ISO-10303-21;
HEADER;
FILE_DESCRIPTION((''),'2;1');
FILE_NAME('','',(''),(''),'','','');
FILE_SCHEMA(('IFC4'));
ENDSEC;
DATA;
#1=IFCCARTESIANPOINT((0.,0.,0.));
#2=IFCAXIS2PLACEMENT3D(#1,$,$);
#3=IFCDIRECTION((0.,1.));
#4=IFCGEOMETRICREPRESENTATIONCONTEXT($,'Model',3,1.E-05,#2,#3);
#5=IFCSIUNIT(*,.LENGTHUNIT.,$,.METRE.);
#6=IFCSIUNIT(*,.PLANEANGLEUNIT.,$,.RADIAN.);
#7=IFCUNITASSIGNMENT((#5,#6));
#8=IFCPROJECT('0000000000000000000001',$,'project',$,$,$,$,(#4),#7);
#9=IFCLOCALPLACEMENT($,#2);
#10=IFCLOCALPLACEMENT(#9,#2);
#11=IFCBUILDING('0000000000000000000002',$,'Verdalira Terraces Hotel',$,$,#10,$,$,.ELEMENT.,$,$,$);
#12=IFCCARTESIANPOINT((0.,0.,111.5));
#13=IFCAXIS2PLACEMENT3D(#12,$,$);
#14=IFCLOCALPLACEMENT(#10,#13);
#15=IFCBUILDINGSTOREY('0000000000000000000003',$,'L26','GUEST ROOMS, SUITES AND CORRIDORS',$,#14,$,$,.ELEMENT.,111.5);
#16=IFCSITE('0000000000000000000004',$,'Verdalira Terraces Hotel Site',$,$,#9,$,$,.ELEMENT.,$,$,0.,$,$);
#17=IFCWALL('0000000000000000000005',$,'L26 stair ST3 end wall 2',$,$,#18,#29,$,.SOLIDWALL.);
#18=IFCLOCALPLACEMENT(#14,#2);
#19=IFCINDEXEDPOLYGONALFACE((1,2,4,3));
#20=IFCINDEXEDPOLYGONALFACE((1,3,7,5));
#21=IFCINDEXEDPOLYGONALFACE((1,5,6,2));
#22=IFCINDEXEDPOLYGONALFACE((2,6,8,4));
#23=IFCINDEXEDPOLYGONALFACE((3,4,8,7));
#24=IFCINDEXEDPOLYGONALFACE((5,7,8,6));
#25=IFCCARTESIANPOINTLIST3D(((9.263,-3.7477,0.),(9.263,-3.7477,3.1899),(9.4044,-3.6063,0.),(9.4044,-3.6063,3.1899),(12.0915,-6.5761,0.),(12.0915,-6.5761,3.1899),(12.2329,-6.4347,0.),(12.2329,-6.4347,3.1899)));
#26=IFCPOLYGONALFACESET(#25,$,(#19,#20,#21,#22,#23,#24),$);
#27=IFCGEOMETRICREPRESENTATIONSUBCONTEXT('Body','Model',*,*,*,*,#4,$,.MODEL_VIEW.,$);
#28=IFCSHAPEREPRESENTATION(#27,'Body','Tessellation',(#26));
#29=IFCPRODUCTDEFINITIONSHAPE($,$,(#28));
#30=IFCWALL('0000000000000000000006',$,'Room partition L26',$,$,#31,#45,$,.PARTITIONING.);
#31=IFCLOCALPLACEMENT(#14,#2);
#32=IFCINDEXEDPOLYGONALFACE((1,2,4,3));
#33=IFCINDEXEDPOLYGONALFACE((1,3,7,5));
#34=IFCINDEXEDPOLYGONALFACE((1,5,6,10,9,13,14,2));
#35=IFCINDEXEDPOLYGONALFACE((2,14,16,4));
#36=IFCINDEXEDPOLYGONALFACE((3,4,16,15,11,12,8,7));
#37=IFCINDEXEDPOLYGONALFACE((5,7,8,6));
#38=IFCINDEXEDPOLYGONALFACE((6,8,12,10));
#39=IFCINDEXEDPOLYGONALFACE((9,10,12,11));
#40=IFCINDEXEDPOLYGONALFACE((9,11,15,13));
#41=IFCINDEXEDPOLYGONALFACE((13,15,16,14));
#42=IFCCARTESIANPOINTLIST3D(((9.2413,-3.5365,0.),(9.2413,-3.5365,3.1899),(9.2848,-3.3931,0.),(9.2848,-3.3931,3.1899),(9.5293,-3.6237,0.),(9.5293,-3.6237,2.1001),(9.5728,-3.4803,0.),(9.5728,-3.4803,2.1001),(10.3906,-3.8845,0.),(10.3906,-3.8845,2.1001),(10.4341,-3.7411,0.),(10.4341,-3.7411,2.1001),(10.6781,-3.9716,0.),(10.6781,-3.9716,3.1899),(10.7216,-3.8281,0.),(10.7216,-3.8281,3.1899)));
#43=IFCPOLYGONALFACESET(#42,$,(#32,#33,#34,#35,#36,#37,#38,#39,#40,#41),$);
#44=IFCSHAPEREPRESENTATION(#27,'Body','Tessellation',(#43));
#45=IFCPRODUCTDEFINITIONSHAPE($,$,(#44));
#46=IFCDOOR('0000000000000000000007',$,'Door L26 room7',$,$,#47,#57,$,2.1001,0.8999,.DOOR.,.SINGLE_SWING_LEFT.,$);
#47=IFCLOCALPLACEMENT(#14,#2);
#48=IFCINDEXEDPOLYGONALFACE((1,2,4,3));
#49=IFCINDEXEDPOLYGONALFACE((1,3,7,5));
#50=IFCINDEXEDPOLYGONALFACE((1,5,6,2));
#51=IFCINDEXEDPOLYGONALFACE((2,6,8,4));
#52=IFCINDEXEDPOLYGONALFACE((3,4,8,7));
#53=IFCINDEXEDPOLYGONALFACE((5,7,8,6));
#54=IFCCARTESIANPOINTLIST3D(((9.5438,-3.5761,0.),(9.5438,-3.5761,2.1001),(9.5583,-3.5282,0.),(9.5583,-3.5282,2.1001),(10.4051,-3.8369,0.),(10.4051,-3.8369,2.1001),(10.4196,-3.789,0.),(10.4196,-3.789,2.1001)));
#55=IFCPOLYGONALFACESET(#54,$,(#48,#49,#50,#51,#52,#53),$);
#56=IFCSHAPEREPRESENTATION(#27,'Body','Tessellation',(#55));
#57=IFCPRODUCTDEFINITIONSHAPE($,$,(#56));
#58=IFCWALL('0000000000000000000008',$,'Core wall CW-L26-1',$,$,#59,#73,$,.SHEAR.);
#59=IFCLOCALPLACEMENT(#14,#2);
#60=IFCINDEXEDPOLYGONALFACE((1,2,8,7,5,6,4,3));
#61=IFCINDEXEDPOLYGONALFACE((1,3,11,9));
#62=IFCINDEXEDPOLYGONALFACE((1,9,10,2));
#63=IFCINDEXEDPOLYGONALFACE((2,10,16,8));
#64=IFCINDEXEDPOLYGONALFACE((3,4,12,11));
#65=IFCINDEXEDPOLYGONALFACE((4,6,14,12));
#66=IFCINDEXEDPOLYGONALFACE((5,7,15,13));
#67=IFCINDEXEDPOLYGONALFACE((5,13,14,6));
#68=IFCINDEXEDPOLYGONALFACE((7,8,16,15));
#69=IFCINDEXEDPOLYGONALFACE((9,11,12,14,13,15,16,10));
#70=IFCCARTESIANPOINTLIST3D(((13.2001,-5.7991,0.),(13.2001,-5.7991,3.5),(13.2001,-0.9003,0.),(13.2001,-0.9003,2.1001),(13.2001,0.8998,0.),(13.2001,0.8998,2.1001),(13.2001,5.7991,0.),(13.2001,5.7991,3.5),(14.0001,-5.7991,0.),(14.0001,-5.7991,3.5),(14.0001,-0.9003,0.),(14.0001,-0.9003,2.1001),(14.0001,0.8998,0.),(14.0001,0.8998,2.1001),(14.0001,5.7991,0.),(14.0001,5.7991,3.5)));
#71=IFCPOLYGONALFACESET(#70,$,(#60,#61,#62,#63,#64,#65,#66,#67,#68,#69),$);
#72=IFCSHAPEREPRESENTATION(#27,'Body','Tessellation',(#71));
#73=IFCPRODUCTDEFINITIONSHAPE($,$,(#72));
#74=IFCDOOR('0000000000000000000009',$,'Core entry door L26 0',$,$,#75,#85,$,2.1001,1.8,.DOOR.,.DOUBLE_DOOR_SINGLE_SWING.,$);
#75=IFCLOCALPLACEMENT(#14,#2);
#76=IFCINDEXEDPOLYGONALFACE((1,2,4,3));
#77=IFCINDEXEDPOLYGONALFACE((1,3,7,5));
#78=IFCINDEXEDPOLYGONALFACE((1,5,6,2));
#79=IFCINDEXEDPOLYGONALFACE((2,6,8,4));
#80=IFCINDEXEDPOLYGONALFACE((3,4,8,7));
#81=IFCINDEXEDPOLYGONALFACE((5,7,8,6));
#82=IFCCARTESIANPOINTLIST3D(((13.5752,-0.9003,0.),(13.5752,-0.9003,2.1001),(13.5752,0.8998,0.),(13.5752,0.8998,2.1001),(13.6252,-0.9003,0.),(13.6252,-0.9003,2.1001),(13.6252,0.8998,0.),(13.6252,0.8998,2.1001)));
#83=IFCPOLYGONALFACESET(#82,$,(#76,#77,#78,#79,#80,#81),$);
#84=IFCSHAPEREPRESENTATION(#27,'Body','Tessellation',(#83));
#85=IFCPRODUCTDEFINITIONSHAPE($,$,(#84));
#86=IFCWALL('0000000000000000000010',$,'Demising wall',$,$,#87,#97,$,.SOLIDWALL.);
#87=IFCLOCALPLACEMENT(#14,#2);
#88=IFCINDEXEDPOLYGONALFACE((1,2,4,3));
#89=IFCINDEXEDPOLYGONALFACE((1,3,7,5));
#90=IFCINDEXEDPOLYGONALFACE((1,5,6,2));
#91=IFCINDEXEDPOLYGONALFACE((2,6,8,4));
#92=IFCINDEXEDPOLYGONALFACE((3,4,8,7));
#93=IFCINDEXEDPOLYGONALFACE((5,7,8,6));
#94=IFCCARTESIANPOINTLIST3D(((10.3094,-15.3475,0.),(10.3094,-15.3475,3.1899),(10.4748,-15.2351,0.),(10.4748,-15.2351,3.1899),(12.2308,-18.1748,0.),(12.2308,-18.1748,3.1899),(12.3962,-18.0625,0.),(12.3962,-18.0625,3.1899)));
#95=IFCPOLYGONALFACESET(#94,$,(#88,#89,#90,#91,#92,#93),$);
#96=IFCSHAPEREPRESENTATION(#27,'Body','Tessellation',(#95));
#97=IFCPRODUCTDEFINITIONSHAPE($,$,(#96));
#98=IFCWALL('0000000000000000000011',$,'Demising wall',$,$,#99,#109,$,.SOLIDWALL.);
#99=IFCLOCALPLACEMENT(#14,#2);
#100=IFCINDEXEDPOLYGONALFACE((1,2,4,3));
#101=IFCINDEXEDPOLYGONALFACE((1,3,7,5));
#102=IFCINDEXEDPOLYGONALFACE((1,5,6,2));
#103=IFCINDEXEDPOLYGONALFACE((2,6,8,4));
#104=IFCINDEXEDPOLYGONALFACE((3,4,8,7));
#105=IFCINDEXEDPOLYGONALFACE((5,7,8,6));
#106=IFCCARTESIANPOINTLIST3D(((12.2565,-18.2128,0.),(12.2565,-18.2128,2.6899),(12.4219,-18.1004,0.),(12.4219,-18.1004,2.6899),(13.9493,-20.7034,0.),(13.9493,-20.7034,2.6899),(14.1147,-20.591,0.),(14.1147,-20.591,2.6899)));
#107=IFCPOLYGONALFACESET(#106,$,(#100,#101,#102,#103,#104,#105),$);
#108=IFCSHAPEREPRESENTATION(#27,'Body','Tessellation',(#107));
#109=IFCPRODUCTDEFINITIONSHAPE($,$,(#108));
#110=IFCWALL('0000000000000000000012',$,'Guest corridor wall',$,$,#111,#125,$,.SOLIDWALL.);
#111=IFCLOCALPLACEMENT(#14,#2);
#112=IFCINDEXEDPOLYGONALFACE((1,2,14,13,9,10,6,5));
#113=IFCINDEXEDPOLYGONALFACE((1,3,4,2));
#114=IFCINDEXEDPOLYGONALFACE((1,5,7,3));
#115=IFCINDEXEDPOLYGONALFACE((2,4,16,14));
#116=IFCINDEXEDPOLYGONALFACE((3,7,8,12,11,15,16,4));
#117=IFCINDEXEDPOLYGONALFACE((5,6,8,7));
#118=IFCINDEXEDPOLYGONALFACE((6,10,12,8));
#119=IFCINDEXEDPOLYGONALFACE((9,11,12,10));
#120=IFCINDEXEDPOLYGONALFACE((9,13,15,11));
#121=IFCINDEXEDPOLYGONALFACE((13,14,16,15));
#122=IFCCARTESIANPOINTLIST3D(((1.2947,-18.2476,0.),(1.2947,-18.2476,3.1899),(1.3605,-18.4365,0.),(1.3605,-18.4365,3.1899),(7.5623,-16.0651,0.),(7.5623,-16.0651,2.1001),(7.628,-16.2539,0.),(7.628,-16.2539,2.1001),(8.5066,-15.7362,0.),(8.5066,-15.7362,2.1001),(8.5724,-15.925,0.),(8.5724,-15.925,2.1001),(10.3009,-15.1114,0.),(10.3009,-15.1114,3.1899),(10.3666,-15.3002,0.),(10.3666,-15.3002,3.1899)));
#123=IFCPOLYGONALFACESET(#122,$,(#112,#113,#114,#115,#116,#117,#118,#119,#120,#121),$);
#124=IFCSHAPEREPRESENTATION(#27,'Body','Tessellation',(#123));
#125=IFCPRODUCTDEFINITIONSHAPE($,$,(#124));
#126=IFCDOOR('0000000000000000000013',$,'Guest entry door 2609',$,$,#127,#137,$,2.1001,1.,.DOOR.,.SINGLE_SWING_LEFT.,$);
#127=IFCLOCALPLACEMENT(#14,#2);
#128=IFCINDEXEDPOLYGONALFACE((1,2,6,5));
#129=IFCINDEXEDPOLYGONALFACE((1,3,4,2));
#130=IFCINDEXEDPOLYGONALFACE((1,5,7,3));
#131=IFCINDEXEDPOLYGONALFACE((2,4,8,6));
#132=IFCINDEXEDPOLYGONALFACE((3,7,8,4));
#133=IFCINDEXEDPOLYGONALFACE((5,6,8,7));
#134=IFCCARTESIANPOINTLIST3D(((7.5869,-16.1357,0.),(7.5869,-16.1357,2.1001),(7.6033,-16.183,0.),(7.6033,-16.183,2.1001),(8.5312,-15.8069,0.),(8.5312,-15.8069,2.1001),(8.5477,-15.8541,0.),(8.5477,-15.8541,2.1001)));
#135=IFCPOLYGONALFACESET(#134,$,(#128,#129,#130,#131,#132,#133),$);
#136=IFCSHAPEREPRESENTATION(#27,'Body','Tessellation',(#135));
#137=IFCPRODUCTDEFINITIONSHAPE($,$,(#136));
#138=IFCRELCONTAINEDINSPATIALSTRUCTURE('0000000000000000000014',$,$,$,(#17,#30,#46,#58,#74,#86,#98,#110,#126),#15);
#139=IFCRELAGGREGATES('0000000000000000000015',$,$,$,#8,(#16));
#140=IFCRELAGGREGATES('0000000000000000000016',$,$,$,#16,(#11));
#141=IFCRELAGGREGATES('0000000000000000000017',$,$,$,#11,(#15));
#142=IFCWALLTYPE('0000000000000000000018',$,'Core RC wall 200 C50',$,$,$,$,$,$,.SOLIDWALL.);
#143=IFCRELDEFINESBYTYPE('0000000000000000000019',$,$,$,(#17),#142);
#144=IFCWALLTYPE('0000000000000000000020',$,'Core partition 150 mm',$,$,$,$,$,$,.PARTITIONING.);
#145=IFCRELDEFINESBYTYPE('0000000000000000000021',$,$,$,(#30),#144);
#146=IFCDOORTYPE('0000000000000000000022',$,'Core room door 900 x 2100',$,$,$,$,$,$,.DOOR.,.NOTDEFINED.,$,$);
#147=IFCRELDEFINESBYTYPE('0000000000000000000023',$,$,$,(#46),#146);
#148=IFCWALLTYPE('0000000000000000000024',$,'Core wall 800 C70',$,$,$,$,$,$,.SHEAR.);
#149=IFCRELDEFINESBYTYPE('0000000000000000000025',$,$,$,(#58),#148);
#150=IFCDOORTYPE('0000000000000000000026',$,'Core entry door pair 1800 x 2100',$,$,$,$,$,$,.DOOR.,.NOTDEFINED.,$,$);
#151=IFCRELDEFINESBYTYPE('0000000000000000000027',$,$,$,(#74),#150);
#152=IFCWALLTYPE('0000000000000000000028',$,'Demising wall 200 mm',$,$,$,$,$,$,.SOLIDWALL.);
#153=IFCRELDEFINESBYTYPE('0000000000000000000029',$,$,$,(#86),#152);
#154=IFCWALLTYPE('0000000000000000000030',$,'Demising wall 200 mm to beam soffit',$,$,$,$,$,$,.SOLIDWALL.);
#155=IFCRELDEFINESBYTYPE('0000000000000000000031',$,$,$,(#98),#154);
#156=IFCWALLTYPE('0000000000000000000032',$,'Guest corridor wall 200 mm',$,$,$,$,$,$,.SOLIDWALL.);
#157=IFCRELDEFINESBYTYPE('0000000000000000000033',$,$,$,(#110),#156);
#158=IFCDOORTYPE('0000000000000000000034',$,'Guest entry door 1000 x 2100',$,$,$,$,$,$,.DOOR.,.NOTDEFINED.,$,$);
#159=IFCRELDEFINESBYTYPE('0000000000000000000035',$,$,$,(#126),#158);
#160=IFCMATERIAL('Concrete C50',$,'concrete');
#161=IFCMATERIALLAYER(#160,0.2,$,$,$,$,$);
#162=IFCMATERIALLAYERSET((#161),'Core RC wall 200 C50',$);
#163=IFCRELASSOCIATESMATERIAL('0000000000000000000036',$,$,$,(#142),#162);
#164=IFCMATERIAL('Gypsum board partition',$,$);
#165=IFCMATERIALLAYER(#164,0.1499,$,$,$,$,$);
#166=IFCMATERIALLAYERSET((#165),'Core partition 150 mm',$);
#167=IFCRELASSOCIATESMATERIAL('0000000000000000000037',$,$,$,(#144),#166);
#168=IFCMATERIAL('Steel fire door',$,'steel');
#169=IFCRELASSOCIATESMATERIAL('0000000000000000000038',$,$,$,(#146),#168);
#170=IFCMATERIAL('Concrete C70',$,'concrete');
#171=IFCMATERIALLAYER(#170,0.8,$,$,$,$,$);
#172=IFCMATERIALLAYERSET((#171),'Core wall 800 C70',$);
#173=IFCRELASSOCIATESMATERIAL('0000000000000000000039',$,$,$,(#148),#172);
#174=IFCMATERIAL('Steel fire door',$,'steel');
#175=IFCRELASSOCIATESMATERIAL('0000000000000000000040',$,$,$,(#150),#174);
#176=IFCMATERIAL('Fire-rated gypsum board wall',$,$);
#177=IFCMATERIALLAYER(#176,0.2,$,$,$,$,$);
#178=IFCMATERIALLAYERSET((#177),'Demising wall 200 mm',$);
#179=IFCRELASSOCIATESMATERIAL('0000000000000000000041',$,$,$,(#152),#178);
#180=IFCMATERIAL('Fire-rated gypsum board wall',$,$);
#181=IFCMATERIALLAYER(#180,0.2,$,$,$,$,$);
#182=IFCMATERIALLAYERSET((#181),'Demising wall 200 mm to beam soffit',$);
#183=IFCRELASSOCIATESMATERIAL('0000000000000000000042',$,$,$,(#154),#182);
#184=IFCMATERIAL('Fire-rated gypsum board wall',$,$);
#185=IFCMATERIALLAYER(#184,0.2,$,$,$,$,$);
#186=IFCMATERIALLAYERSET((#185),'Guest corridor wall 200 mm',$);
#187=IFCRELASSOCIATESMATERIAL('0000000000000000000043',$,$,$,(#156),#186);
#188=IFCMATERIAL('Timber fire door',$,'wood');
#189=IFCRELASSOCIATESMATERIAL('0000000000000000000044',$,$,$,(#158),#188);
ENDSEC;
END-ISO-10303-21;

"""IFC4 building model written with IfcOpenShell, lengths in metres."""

from ifc_helpers import new_model, si_unit, direction, frame, frame_2d, origin, place, context, subcontext, project, spatial, rectangle, extrude, material, layer, layer_set, type_object, element, fill, save


model = new_model("IFC4")

# Units and contexts
model_context = context("Model", 3, precision=1e-05, world=origin(), true_north=direction((0.0, 1.0)))
body_context = subcontext(model_context, "Body", "Model", "MODEL_VIEW")
ifc_project = project(units=[si_unit("LENGTHUNIT", "METRE"), si_unit("PLANEANGLEUNIT", "RADIAN")], contexts=[model_context])

# Site, building, storey
site_placement = place(None, origin())
site = spatial("IfcSite", under=ifc_project, at=site_placement, Name="Verdalira Terraces Hotel Site", CompositionType="ELEMENT", RefElevation=0.0)
building_placement = place(site_placement, origin())
building = spatial("IfcBuilding", under=site, at=building_placement, Name="Verdalira Terraces Hotel", CompositionType="ELEMENT")
storey_placement = place(building_placement, frame((0.0, 0.0, 111.5)))
storey = spatial("IfcBuildingStorey", under=building, at=storey_placement, Name="L26", Description="GUEST ROOMS, SUITES AND CORRIDORS", CompositionType="ELEMENT", Elevation=111.5)

# Shared definitions
ifc_material_1 = material(Name="Concrete C50", Category="concrete")
ifc_layer_1 = layer(ifc_material_1, 0.2)
ifc_layer_set_1 = layer_set([ifc_layer_1], Name="Core RC wall 200 C50")
wall_type_1 = type_object("IfcWallType", Name="Core RC wall 200 C50", PredefinedType="SOLIDWALL", material=ifc_layer_set_1)

# Wall
wall_1_placement = place(storey_placement, frame((9.3337, -3.677, 0.0), z_axis=(0.0, 0.0, 1.0), x_axis=(0.707107, -0.707107, 0.0)))
element("IfcWall", 1, at=wall_1_placement, inside=storey, type_object=wall_type_1, Name="L26 stair ST3 end wall 2", PredefinedType="SOLIDWALL", context=body_context, shape_type="SweptSolid", body=[
    extrude(rectangle(XDim=4.0, YDim=0.2, at=frame_2d((2.0, 0.0))), origin(), (0.0, 0.0, 1.0), 3.1899),
])

# Walls, openings, doors
ifc_material_2 = material(Name="Gypsum board partition")
ifc_layer_2 = layer(ifc_material_2, 0.1499)
ifc_layer_set_2 = layer_set([ifc_layer_2], Name="Core partition 150 mm")
wall_type_2 = type_object("IfcWallType", Name="Core partition 150 mm", PredefinedType="PARTITIONING", material=ifc_layer_set_2)
wall_2_placement = place(storey_placement, frame((9.2632, -3.4648, 0.0), z_axis=(0.0, 0.0, 1.0), x_axis=(0.957085, -0.289809, 0.0)))
wall_2 = element("IfcWall", 2, at=wall_2_placement, inside=storey, type_object=wall_type_2, Name="Room partition L26", PredefinedType="PARTITIONING", context=body_context, shape_type="SweptSolid", body=[
    extrude(rectangle(XDim=1.5012, YDim=0.1499, at=frame_2d((0.7505, 0.0))), origin(), (0.0, 0.0, 1.0), 3.1899),
])
opening_1_placement = place(wall_2_placement, frame((0.3008, 0.0, 0.0)))
opening_1 = element("IfcOpeningElement", 3, at=opening_1_placement, cuts=wall_2, PredefinedType="OPENING", context=body_context, shape_type="SweptSolid", body=[
    extrude(rectangle(XDim=0.8999, YDim=2.1001, at=frame_2d((0.45, 1.05))), frame((0.0, 0.085, 0.0), z_axis=(0.0, -1.0, 0.0), x_axis=(1.0, 0.0, 0.0)), (0.0, 0.0, 1.0), 0.1699),
])
ifc_material_3 = material(Name="Steel fire door", Category="steel")
door_type_1 = type_object("IfcDoorType", Name="Core room door 900 x 2100", OperationType="NOTDEFINED", PredefinedType="DOOR", material=ifc_material_3)
door_1_placement = place(opening_1_placement, origin())
door_1 = element("IfcDoor", 4, at=door_1_placement, inside=storey, type_object=door_type_1, Name="Door L26 room7", OperationType="SINGLE_SWING_LEFT", OverallHeight=2.1001, OverallWidth=0.8999, PredefinedType="DOOR", context=body_context, shape_type="SweptSolid", body=[
    extrude(rectangle(XDim=0.8999, YDim=2.1001, at=frame_2d((0.45, 1.05))), frame((0.0, 0.0249, 0.0), z_axis=(0.0, -1.0, 0.0), x_axis=(1.0, 0.0, 0.0)), (0.0, 0.0, 1.0), 0.05),
])
fill(opening_1, door_1)
ifc_material_4 = material(Name="Concrete C70", Category="concrete")
ifc_layer_3 = layer(ifc_material_4, 0.8)
ifc_layer_set_3 = layer_set([ifc_layer_3], Name="Core wall 800 C70")
wall_type_3 = type_object("IfcWallType", Name="Core wall 800 C70", PredefinedType="SHEAR", material=ifc_layer_set_3)
wall_3_placement = place(storey_placement, frame((13.6001, -5.7991, 0.0), z_axis=(0.0, 0.0, 1.0), x_axis=(0.0, 1.0, 0.0)))
wall_3 = element("IfcWall", 5, at=wall_3_placement, inside=storey, type_object=wall_type_3, Name="Core wall CW-L26-1", PredefinedType="SHEAR", context=body_context, shape_type="SweptSolid", body=[
    extrude(rectangle(XDim=11.5981, YDim=0.8, at=frame_2d((5.7991, 0.0))), origin(), (0.0, 0.0, 1.0), 3.5),
])
opening_2_placement = place(wall_3_placement, frame((4.8989, 0.0, 0.0)))
opening_2 = element("IfcOpeningElement", 6, at=opening_2_placement, cuts=wall_3, PredefinedType="OPENING", context=body_context, shape_type="SweptSolid", body=[
    extrude(rectangle(XDim=1.8, YDim=2.1001, at=frame_2d((0.8999, 1.05))), frame((0.0, 0.4099, 0.0), z_axis=(0.0, -1.0, 0.0), x_axis=(1.0, 0.0, 0.0)), (0.0, 0.0, 1.0), 0.8201),
])
ifc_material_5 = material(Name="Steel fire door", Category="steel")
door_type_2 = type_object("IfcDoorType", Name="Core entry door pair 1800 x 2100", OperationType="NOTDEFINED", PredefinedType="DOOR", material=ifc_material_5)
door_2_placement = place(opening_2_placement, origin())
door_2 = element("IfcDoor", 7, at=door_2_placement, inside=storey, type_object=door_type_2, Name="Core entry door L26 0", OperationType="DOUBLE_DOOR_SINGLE_SWING", OverallHeight=2.1001, OverallWidth=1.8, PredefinedType="DOOR", context=body_context, shape_type="SweptSolid", body=[
    extrude(rectangle(XDim=1.8, YDim=2.1001, at=frame_2d((0.8999, 1.05))), frame((0.0, 0.0249, 0.0), z_axis=(0.0, -1.0, 0.0), x_axis=(1.0, 0.0, 0.0)), (0.0, 0.0, 1.0), 0.05),
])
fill(opening_2, door_2)

# Walls
ifc_material_6 = material(Name="Fire-rated gypsum board wall")
ifc_layer_4 = layer(ifc_material_6, 0.2)
ifc_layer_set_4 = layer_set([ifc_layer_4], Name="Demising wall 200 mm")
wall_type_4 = type_object("IfcWallType", Name="Demising wall 200 mm", PredefinedType="SOLIDWALL", material=ifc_layer_set_4)
wall_4_placement = place(storey_placement, frame((10.3921, -15.2913, 0.0), z_axis=(0.0, 0.0, 1.0), x_axis=(0.562062, -0.827095, 0.0)))
element("IfcWall", 8, at=wall_4_placement, inside=storey, type_object=wall_type_4, Name="Demising wall", PredefinedType="SOLIDWALL", context=body_context, shape_type="SweptSolid", body=[
    extrude(rectangle(XDim=3.4185, YDim=0.2, at=frame_2d((1.7092, 0.0))), origin(), (0.0, 0.0, 1.0), 3.1899),
])
ifc_material_7 = material(Name="Fire-rated gypsum board wall")
ifc_layer_5 = layer(ifc_material_7, 0.2)
ifc_layer_set_5 = layer_set([ifc_layer_5], Name="Demising wall 200 mm to beam soffit")
wall_type_5 = type_object("IfcWallType", Name="Demising wall 200 mm to beam soffit", PredefinedType="SOLIDWALL", material=ifc_layer_set_5)
wall_5_placement = place(storey_placement, frame((12.3391, -18.1565, 0.0), z_axis=(0.0, 0.0, 1.0), x_axis=(0.562124, -0.827053, 0.0)))
element("IfcWall", 9, at=wall_5_placement, inside=storey, type_object=wall_type_5, Name="Demising wall", PredefinedType="SOLIDWALL", context=body_context, shape_type="SweptSolid", body=[
    extrude(rectangle(XDim=3.0115, YDim=0.2, at=frame_2d((1.5059, 0.0))), origin(), (0.0, 0.0, 1.0), 2.6899),
])

# Wall, opening, door
ifc_material_8 = material(Name="Fire-rated gypsum board wall")
ifc_layer_6 = layer(ifc_material_8, 0.2)
ifc_layer_set_6 = layer_set([ifc_layer_6], Name="Guest corridor wall 200 mm")
wall_type_6 = type_object("IfcWallType", Name="Guest corridor wall 200 mm", PredefinedType="SOLIDWALL", material=ifc_layer_set_6)
wall_6_placement = place(storey_placement, frame((10.3337, -15.2058, 0.0), z_axis=(0.0, 0.0, 1.0), x_axis=(-0.944377, -0.328864, 0.0)))
wall_6 = element("IfcWall", 10, at=wall_6_placement, inside=storey, type_object=wall_type_6, Name="Guest corridor wall", PredefinedType="SOLIDWALL", context=body_context, shape_type="SweptSolid", body=[
    extrude(rectangle(XDim=9.5366, YDim=0.2, at=frame_2d((4.7683, 0.0))), origin(), (0.0, 0.0, 1.0), 3.1899),
])
opening_3_placement = place(wall_6_placement, frame((1.8999, 0.0, 0.0)))
opening_3 = element("IfcOpeningElement", 11, at=opening_3_placement, cuts=wall_6, PredefinedType="OPENING", context=body_context, shape_type="SweptSolid", body=[
    extrude(rectangle(XDim=1.0, YDim=2.1001, at=frame_2d((0.5, 1.05))), frame((0.0, 0.1099, 0.0), z_axis=(0.0, -1.0, 0.0), x_axis=(1.0, 0.0, 0.0)), (0.0, 0.0, 1.0), 0.22),
])
ifc_material_9 = material(Name="Timber fire door", Category="wood")
door_type_3 = type_object("IfcDoorType", Name="Guest entry door 1000 x 2100", OperationType="NOTDEFINED", PredefinedType="DOOR", material=ifc_material_9)
door_3_placement = place(opening_3_placement, origin())
door_3 = element("IfcDoor", 12, at=door_3_placement, inside=storey, type_object=door_type_3, Name="Guest entry door 2609", OperationType="SINGLE_SWING_LEFT", OverallHeight=2.1001, OverallWidth=1.0, PredefinedType="DOOR", context=body_context, shape_type="SweptSolid", body=[
    extrude(rectangle(XDim=1.0, YDim=2.1001, at=frame_2d((0.5, 1.05))), frame((0.0, 0.0249, 0.0), z_axis=(0.0, -1.0, 0.0), x_axis=(1.0, 0.0, 0.0)), (0.0, 0.0, 1.0), 0.05),
])
fill(opening_3, door_3)

save(model, "model.ifc")
